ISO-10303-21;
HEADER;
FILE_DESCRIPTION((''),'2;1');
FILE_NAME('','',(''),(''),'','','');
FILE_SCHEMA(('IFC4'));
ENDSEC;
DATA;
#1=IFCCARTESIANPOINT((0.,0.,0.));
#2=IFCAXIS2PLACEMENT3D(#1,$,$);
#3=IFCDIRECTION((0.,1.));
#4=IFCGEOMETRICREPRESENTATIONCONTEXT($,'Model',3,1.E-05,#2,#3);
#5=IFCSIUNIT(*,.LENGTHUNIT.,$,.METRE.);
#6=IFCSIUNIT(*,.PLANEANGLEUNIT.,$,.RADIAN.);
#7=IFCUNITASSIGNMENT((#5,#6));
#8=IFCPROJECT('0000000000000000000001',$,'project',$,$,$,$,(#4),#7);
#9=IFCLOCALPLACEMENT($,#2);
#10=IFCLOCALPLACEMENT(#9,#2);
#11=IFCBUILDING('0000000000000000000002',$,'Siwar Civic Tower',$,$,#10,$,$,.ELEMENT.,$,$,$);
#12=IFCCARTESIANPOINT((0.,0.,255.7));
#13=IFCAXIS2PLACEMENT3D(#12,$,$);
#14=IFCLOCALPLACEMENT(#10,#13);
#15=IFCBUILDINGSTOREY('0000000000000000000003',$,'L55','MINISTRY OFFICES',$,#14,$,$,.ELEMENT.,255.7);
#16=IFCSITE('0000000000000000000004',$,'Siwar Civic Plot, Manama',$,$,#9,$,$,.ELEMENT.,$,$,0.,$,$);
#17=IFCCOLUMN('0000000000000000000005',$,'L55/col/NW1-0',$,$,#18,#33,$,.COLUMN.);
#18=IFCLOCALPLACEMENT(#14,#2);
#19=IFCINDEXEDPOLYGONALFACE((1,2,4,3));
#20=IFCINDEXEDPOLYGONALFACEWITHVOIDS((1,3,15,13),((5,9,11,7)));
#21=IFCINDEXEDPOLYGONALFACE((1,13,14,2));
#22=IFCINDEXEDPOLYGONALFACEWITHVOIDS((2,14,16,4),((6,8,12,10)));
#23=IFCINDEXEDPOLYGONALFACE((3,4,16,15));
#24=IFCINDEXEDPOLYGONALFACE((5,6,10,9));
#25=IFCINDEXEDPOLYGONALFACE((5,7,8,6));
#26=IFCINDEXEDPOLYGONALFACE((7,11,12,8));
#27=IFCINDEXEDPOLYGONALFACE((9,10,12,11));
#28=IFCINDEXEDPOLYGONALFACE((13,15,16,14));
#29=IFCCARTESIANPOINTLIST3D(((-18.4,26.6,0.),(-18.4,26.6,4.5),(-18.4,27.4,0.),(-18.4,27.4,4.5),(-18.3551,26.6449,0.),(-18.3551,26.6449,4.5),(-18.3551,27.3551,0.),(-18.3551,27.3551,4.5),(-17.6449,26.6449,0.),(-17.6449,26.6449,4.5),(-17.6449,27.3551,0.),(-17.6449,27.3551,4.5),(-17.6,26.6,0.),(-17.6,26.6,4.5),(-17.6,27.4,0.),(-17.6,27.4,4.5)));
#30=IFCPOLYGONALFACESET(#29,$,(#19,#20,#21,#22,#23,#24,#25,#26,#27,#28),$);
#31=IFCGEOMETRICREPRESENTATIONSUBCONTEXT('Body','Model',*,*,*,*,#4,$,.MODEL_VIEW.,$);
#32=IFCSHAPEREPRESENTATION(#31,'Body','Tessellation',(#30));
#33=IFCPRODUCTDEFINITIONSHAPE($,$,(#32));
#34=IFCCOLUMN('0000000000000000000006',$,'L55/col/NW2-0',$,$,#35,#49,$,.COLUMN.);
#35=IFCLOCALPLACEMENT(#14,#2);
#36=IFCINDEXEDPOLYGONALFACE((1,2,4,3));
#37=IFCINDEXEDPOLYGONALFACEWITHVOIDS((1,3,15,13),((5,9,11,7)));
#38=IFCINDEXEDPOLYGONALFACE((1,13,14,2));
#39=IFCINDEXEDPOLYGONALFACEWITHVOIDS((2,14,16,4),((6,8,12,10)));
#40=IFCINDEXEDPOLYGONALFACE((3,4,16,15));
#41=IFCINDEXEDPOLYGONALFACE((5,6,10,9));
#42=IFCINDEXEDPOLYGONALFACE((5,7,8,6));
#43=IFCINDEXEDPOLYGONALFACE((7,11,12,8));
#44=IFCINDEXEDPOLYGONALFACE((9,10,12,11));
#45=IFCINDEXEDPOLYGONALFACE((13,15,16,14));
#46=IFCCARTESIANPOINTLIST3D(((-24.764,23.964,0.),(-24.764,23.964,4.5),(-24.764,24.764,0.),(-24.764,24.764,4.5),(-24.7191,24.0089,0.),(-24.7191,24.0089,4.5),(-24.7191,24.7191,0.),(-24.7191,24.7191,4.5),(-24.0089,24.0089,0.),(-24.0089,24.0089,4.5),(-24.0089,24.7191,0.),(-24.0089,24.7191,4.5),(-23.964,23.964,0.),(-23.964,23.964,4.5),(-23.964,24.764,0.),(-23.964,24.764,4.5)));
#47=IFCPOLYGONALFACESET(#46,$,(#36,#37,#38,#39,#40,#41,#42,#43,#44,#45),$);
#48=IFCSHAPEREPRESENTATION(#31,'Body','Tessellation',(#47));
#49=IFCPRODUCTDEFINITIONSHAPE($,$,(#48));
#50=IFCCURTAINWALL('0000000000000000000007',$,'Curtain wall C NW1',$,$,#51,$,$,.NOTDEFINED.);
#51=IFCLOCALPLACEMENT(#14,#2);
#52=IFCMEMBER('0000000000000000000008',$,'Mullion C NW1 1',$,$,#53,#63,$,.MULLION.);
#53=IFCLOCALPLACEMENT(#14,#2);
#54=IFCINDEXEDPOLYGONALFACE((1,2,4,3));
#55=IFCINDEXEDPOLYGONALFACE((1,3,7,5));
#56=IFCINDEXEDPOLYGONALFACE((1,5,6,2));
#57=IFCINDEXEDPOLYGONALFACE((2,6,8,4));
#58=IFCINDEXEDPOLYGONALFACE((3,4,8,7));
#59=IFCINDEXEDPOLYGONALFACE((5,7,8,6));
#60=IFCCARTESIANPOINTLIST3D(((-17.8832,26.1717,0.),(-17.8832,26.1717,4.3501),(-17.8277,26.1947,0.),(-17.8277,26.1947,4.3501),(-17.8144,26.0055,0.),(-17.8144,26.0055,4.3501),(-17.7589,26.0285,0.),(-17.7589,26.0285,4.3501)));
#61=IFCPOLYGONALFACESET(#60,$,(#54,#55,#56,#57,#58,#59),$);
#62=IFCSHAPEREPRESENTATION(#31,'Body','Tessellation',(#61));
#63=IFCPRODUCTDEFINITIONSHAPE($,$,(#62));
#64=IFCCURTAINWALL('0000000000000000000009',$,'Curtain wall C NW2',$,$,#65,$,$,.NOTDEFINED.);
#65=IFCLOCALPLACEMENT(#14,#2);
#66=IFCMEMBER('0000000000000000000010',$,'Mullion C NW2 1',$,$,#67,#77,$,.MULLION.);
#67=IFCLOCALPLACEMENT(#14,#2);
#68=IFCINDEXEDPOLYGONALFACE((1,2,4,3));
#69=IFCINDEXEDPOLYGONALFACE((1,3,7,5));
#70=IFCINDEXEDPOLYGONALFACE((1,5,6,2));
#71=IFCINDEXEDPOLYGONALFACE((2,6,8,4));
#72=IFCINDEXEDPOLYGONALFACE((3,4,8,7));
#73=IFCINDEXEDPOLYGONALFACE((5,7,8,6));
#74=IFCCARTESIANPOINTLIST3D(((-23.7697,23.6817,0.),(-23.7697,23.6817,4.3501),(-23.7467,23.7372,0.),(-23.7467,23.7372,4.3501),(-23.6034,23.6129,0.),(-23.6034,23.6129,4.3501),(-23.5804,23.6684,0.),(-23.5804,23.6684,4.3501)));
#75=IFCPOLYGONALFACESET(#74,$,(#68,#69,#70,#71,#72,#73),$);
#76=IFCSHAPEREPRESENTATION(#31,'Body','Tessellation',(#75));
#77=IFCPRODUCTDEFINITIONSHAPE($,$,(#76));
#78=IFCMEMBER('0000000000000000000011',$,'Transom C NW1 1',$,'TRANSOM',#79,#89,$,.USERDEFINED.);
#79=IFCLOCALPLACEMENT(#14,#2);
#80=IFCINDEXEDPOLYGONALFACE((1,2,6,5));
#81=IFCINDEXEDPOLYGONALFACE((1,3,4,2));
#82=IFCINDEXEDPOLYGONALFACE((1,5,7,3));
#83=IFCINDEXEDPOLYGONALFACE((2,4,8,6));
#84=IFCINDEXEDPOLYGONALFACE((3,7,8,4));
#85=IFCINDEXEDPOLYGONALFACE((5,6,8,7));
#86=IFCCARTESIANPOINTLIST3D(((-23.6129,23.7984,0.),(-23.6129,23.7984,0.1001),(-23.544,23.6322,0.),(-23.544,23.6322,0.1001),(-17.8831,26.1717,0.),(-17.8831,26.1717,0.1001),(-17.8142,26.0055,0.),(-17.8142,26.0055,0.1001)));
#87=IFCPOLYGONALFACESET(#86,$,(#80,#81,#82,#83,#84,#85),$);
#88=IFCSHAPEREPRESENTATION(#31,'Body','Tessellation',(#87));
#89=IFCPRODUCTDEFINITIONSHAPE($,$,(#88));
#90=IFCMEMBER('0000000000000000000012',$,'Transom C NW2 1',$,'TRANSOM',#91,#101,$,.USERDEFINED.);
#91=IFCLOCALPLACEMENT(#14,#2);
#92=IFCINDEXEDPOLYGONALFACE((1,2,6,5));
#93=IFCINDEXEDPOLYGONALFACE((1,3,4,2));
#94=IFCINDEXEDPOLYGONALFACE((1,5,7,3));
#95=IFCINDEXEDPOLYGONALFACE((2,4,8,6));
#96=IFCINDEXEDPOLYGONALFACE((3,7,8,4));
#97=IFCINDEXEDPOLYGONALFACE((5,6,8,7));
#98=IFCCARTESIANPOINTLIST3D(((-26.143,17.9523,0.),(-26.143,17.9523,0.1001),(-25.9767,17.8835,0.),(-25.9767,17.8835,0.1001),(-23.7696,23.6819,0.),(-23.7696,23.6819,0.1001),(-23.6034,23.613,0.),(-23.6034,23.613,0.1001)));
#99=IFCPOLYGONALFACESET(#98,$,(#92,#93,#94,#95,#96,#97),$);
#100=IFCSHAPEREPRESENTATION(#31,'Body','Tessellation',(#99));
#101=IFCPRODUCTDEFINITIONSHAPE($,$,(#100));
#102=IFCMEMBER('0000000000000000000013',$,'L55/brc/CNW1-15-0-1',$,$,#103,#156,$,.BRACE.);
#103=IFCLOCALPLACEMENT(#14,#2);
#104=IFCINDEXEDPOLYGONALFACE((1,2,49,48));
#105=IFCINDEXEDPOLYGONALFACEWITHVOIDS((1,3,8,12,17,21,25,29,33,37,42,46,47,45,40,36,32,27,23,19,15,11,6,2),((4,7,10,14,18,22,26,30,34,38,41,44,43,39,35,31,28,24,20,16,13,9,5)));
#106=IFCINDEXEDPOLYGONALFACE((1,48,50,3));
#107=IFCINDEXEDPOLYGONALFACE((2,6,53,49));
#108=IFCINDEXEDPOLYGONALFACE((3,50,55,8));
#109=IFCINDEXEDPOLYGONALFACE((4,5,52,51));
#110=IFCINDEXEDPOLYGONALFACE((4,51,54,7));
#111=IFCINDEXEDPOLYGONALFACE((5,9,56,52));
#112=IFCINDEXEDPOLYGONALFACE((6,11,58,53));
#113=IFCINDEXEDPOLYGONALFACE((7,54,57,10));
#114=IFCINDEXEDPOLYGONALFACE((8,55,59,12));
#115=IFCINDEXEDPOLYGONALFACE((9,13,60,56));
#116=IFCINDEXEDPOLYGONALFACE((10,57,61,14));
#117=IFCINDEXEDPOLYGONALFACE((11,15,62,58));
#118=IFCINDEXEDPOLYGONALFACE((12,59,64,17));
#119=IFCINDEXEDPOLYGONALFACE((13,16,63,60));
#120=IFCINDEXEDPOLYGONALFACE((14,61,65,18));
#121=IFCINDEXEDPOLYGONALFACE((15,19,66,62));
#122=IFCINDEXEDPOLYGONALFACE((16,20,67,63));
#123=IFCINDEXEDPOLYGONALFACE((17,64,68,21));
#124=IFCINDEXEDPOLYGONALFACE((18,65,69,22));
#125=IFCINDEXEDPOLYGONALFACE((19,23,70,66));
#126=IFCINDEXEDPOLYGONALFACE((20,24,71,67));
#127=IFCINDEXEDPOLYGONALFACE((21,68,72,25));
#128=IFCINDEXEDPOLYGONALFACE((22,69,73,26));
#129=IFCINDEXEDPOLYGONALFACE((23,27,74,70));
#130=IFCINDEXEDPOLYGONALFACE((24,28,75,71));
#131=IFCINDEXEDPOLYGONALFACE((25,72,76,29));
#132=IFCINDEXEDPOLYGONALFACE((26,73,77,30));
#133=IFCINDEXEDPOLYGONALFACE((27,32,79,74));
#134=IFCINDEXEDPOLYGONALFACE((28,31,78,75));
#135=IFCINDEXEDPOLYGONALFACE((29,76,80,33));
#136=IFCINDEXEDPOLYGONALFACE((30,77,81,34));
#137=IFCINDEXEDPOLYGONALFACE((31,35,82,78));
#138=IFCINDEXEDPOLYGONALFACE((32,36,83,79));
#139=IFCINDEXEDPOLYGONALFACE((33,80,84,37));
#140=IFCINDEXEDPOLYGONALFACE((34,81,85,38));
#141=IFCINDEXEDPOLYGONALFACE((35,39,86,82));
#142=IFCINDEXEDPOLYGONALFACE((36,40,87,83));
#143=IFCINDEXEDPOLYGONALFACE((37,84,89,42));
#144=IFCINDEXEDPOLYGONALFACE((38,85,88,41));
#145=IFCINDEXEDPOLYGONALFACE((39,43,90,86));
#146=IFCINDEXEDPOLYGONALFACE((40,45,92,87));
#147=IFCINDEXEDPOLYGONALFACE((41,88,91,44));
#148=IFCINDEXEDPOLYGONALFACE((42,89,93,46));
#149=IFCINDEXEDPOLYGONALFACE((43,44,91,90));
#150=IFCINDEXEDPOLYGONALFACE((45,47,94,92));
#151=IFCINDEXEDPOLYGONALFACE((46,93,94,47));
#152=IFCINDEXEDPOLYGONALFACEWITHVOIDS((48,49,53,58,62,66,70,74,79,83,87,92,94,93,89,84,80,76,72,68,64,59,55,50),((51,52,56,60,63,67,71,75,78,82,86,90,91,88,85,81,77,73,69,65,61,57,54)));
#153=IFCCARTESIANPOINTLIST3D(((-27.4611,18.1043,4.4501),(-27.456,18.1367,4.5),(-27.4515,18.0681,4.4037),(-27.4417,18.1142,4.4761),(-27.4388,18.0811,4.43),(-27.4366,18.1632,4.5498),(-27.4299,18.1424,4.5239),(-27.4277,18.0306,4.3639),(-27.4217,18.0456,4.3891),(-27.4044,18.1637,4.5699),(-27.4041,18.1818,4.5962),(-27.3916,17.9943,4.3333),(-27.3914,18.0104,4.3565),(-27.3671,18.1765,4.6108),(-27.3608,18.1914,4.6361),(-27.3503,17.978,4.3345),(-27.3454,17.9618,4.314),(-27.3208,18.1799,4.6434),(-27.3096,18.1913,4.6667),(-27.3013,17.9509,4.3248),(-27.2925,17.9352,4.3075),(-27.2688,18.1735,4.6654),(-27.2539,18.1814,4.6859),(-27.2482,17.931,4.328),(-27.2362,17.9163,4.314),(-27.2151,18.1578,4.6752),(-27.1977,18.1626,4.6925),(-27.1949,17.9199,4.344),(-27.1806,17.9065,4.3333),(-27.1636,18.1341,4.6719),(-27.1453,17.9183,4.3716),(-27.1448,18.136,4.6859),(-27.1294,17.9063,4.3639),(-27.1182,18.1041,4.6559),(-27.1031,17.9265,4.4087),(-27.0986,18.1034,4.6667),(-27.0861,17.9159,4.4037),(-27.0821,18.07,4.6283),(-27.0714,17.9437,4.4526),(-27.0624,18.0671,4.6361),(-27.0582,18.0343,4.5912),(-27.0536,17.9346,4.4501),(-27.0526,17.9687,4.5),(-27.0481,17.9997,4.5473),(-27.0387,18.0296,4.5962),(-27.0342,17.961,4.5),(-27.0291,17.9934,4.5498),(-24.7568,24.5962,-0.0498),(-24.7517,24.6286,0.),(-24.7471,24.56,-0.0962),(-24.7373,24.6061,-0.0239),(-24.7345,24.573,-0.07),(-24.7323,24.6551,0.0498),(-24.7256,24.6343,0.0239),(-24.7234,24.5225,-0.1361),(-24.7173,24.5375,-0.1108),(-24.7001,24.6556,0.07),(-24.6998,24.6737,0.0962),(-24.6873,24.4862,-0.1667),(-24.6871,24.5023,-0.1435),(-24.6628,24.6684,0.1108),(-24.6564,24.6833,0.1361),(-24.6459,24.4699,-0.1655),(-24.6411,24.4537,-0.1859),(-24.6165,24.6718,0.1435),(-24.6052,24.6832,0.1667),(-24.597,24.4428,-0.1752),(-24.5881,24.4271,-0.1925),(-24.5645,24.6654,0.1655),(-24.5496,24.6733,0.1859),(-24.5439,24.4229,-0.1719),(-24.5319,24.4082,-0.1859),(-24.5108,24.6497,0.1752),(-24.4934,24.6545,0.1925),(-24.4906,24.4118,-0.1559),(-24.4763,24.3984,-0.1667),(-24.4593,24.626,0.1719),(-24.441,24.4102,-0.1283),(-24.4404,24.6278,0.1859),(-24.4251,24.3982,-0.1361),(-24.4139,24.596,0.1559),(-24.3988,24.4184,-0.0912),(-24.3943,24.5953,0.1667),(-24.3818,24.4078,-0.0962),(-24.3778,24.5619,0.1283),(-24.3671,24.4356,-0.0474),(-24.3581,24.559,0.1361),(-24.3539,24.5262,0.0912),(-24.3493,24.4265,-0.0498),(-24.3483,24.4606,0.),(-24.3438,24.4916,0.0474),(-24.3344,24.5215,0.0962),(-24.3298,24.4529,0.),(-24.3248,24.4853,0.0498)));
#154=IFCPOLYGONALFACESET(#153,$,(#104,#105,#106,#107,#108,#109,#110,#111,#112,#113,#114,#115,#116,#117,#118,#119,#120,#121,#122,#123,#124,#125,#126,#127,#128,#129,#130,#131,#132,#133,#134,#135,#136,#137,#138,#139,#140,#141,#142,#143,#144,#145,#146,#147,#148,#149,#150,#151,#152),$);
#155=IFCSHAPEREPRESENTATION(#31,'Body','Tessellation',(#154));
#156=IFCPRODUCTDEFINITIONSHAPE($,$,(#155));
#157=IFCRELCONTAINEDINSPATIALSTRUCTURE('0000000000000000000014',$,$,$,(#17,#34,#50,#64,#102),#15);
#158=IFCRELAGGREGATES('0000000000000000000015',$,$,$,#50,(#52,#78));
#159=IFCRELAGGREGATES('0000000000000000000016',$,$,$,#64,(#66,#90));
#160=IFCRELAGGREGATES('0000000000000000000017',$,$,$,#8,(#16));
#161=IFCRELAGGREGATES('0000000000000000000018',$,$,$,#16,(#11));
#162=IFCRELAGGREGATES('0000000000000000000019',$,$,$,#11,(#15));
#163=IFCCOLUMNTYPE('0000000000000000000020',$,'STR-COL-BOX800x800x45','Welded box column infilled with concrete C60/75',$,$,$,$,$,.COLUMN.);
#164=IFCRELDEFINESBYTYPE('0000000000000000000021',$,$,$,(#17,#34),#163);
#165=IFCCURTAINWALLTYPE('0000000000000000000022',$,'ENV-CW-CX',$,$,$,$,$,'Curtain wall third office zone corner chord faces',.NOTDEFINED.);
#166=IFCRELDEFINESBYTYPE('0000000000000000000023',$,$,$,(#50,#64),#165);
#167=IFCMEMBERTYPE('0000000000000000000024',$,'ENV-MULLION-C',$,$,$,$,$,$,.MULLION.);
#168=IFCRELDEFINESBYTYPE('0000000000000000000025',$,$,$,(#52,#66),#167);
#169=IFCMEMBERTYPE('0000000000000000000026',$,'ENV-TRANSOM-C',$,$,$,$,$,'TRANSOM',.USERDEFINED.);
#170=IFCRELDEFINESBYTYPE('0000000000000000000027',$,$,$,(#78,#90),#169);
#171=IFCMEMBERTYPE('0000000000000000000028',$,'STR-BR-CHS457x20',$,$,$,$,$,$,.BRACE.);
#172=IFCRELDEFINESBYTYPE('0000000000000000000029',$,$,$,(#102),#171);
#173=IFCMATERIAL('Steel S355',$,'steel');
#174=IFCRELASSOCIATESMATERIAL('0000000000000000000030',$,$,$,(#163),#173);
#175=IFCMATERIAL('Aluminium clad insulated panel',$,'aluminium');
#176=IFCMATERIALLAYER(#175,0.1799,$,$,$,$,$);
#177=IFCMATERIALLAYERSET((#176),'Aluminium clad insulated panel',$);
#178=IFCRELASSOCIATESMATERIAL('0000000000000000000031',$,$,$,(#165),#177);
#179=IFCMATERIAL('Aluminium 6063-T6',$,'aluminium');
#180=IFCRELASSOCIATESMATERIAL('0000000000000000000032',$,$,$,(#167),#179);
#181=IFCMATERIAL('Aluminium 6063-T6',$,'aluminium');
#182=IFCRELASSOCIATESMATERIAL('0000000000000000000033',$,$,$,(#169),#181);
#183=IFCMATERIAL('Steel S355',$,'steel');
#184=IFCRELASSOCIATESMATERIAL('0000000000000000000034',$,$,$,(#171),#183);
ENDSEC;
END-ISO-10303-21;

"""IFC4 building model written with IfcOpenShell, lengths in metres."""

from ifc_helpers import new_model, si_unit, direction, frame, origin, origin_2d, place, context, subcontext, project, spatial, rectangle, hollow_rectangle, hollow_circle, extrude, material, layer, layer_set, material_profile, profile_set, type_object, element, aggregate, save


model = new_model("IFC4")

# Units and contexts
model_context = context("Model", 3, precision=1e-05, world=origin(), true_north=direction((0.0, 1.0)))
body_context = subcontext(model_context, "Body", "Model", "MODEL_VIEW")
ifc_project = project(units=[si_unit("LENGTHUNIT", "METRE"), si_unit("PLANEANGLEUNIT", "RADIAN")], contexts=[model_context])

# Site, building, storey
site_placement = place(None, origin())
site = spatial("IfcSite", under=ifc_project, at=site_placement, Name="Siwar Civic Plot, Manama", CompositionType="ELEMENT", RefElevation=0.0)
building_placement = place(site_placement, origin())
building = spatial("IfcBuilding", under=site, at=building_placement, Name="Siwar Civic Tower", CompositionType="ELEMENT")
storey_placement = place(building_placement, frame((0.0, 0.0, 255.7)))
storey = spatial("IfcBuildingStorey", under=building, at=storey_placement, Name="L55", Description="MINISTRY OFFICES", CompositionType="ELEMENT", Elevation=255.7)

# Columns
ifc_material_1 = material(Name="Steel S355", Category="steel")
ifc_material_profile_1 = material_profile(ifc_material_1, hollow_rectangle(XDim=0.8, YDim=0.8, WallThickness=0.0449, at=origin_2d()), Name="BOX800x800x45")
ifc_profile_set_1 = profile_set([ifc_material_profile_1], Name="Steel S355")
column_type = type_object("IfcColumnType", Name="STR-COL-BOX800x800x45", Description="Welded box column infilled with concrete C60/75", PredefinedType="COLUMN", material=ifc_profile_set_1)
for number, where, z_axis, x_axis, name in (
    (1, (-18.0, 27.0, 0.0), (0.0, 0.0, 1.0), (1.0, 0.0, 0.0), "L55/col/NW1-0"),
    (2, (-24.364, 24.364, 0.0), (0.0, 0.0, 1.0), (1.0, 0.0, 0.0), "L55/col/NW2-0"),
):
    element("IfcColumn", number, at=place(storey_placement, frame(where, z_axis=z_axis, x_axis=x_axis)), inside=storey, type_object=column_type, Name=name, PredefinedType="COLUMN", context=body_context, shape_type="SweptSolid", body=[
        extrude(hollow_rectangle(XDim=0.8, YDim=0.8, WallThickness=0.0449, at=origin_2d()), origin(), (0.0, 0.0, 1.0), 4.5),
    ])

# Curtain walls, members
ifc_material_2 = material(Name="Aluminium clad insulated panel", Category="aluminium")
ifc_layer_1 = layer(ifc_material_2, 0.1799)
ifc_layer_set_1 = layer_set([ifc_layer_1], Name="Aluminium clad insulated panel")
curtain_wall_type = type_object("IfcCurtainWallType", Name="ENV-CW-CX", ElementType="Curtain wall third office zone corner chord faces", PredefinedType="NOTDEFINED", material=ifc_layer_set_1)
curtain_wall_1_placement = place(storey_placement, origin())
curtain_wall_1 = element("IfcCurtainWall", 3, at=curtain_wall_1_placement, inside=storey, type_object=curtain_wall_type, Name="Curtain wall C NW1", PredefinedType="NOTDEFINED")
ifc_material_3 = material(Name="Aluminium 6063-T6", Category="aluminium")
ifc_material_profile_2 = material_profile(ifc_material_3, rectangle(XDim=0.1799, YDim=0.0601, at=origin_2d()), Name="AL 180x60")
ifc_profile_set_2 = profile_set([ifc_material_profile_2], Name="Aluminium 6063-T6")
member_type_1 = type_object("IfcMemberType", Name="ENV-MULLION-C", PredefinedType="MULLION", material=ifc_profile_set_2)
member_1_placement = place(storey_placement, frame((-17.821, 26.1001, 0.0), z_axis=(0.0, 0.0, 1.0), x_axis=(0.382683, -0.92388, 0.0)))
member_1 = element("IfcMember", 4, at=member_1_placement, type_object=member_type_1, Name="Mullion C NW1 1", PredefinedType="MULLION", context=body_context, shape_type="SweptSolid", body=[
    extrude(rectangle(XDim=0.1799, YDim=0.0601, at=origin_2d()), origin(), (0.0, 0.0, 1.0), 4.3501),
])
curtain_wall_2_placement = place(storey_placement, origin())
curtain_wall_2 = element("IfcCurtainWall", 5, at=curtain_wall_2_placement, inside=storey, type_object=curtain_wall_type, Name="Curtain wall C NW2", PredefinedType="NOTDEFINED")
member_2_placement = place(storey_placement, frame((-23.675, 23.675, 0.0), z_axis=(0.0, 0.0, 1.0), x_axis=(0.92388, -0.382683, 0.0)))
member_2 = element("IfcMember", 6, at=member_2_placement, type_object=member_type_1, Name="Mullion C NW2 1", PredefinedType="MULLION", context=body_context, shape_type="SweptSolid", body=[
    extrude(rectangle(XDim=0.1799, YDim=0.0601, at=origin_2d()), origin(), (0.0, 0.0, 1.0), 4.3501),
])

# Members
ifc_material_4 = material(Name="Aluminium 6063-T6", Category="aluminium")
ifc_material_profile_3 = material_profile(ifc_material_4, rectangle(XDim=0.1799, YDim=0.1001, at=origin_2d()), Name="AL 180x100")
ifc_profile_set_3 = profile_set([ifc_material_profile_3], Name="Aluminium 6063-T6")
member_type_2 = type_object("IfcMemberType", Name="ENV-TRANSOM-C", ElementType="TRANSOM", PredefinedType="USERDEFINED", material=ifc_profile_set_3)
member_3_placement = place(storey_placement, frame((-17.8486, 26.0886, 0.05), z_axis=(-0.923882, -0.382677, 0.0), x_axis=(0.382677, -0.923882, 0.0)))
member_3 = element("IfcMember", 7, at=member_3_placement, type_object=member_type_2, Name="Transom C NW1 1", ObjectType="TRANSOM", PredefinedType="USERDEFINED", context=body_context, shape_type="SweptSolid", body=[
    extrude(rectangle(XDim=0.1799, YDim=0.1001, at=origin_2d()), origin(), (0.0, 0.0, 1.0), 6.2019),
])
member_4_placement = place(storey_placement, frame((-23.6865, 23.6475, 0.05), z_axis=(-0.382691, -0.923876, 0.0), x_axis=(0.923876, -0.382691, 0.0)))
member_4 = element("IfcMember", 8, at=member_4_placement, type_object=member_type_2, Name="Transom C NW2 1", ObjectType="TRANSOM", PredefinedType="USERDEFINED", context=body_context, shape_type="SweptSolid", body=[
    extrude(rectangle(XDim=0.1799, YDim=0.1001, at=origin_2d()), origin(), (0.0, 0.0, 1.0), 6.2017),
])

# Member
ifc_material_5 = material(Name="Steel S355", Category="steel")
ifc_material_profile_4 = material_profile(ifc_material_5, hollow_circle(Radius=0.2285, WallThickness=0.02, at=origin_2d()), Name="CHS457x20")
ifc_profile_set_4 = profile_set([ifc_material_profile_4], Name="Steel S355")
member_type_3 = type_object("IfcMemberType", Name="STR-BR-CHS457x20", PredefinedType="BRACE", material=ifc_profile_set_4)
member_5_placement = place(storey_placement, frame((-24.5408, 24.5408, 0.0), z_axis=(-0.323906, -0.777555, 0.538975), x_axis=(0.923109, -0.384539, 0.0)))
element("IfcMember", 9, at=member_5_placement, inside=storey, type_object=member_type_3, Name="L55/brc/CNW1-15-0-1", PredefinedType="BRACE", context=body_context, shape_type="SweptSolid", body=[
    extrude(hollow_circle(Radius=0.2285, WallThickness=0.02, at=origin_2d()), origin(), (0.0, 0.0, 1.0), 8.3491),
])

aggregate(curtain_wall_1, [member_1, member_3])
aggregate(curtain_wall_2, [member_2, member_4])

save(model, "model.ifc")
